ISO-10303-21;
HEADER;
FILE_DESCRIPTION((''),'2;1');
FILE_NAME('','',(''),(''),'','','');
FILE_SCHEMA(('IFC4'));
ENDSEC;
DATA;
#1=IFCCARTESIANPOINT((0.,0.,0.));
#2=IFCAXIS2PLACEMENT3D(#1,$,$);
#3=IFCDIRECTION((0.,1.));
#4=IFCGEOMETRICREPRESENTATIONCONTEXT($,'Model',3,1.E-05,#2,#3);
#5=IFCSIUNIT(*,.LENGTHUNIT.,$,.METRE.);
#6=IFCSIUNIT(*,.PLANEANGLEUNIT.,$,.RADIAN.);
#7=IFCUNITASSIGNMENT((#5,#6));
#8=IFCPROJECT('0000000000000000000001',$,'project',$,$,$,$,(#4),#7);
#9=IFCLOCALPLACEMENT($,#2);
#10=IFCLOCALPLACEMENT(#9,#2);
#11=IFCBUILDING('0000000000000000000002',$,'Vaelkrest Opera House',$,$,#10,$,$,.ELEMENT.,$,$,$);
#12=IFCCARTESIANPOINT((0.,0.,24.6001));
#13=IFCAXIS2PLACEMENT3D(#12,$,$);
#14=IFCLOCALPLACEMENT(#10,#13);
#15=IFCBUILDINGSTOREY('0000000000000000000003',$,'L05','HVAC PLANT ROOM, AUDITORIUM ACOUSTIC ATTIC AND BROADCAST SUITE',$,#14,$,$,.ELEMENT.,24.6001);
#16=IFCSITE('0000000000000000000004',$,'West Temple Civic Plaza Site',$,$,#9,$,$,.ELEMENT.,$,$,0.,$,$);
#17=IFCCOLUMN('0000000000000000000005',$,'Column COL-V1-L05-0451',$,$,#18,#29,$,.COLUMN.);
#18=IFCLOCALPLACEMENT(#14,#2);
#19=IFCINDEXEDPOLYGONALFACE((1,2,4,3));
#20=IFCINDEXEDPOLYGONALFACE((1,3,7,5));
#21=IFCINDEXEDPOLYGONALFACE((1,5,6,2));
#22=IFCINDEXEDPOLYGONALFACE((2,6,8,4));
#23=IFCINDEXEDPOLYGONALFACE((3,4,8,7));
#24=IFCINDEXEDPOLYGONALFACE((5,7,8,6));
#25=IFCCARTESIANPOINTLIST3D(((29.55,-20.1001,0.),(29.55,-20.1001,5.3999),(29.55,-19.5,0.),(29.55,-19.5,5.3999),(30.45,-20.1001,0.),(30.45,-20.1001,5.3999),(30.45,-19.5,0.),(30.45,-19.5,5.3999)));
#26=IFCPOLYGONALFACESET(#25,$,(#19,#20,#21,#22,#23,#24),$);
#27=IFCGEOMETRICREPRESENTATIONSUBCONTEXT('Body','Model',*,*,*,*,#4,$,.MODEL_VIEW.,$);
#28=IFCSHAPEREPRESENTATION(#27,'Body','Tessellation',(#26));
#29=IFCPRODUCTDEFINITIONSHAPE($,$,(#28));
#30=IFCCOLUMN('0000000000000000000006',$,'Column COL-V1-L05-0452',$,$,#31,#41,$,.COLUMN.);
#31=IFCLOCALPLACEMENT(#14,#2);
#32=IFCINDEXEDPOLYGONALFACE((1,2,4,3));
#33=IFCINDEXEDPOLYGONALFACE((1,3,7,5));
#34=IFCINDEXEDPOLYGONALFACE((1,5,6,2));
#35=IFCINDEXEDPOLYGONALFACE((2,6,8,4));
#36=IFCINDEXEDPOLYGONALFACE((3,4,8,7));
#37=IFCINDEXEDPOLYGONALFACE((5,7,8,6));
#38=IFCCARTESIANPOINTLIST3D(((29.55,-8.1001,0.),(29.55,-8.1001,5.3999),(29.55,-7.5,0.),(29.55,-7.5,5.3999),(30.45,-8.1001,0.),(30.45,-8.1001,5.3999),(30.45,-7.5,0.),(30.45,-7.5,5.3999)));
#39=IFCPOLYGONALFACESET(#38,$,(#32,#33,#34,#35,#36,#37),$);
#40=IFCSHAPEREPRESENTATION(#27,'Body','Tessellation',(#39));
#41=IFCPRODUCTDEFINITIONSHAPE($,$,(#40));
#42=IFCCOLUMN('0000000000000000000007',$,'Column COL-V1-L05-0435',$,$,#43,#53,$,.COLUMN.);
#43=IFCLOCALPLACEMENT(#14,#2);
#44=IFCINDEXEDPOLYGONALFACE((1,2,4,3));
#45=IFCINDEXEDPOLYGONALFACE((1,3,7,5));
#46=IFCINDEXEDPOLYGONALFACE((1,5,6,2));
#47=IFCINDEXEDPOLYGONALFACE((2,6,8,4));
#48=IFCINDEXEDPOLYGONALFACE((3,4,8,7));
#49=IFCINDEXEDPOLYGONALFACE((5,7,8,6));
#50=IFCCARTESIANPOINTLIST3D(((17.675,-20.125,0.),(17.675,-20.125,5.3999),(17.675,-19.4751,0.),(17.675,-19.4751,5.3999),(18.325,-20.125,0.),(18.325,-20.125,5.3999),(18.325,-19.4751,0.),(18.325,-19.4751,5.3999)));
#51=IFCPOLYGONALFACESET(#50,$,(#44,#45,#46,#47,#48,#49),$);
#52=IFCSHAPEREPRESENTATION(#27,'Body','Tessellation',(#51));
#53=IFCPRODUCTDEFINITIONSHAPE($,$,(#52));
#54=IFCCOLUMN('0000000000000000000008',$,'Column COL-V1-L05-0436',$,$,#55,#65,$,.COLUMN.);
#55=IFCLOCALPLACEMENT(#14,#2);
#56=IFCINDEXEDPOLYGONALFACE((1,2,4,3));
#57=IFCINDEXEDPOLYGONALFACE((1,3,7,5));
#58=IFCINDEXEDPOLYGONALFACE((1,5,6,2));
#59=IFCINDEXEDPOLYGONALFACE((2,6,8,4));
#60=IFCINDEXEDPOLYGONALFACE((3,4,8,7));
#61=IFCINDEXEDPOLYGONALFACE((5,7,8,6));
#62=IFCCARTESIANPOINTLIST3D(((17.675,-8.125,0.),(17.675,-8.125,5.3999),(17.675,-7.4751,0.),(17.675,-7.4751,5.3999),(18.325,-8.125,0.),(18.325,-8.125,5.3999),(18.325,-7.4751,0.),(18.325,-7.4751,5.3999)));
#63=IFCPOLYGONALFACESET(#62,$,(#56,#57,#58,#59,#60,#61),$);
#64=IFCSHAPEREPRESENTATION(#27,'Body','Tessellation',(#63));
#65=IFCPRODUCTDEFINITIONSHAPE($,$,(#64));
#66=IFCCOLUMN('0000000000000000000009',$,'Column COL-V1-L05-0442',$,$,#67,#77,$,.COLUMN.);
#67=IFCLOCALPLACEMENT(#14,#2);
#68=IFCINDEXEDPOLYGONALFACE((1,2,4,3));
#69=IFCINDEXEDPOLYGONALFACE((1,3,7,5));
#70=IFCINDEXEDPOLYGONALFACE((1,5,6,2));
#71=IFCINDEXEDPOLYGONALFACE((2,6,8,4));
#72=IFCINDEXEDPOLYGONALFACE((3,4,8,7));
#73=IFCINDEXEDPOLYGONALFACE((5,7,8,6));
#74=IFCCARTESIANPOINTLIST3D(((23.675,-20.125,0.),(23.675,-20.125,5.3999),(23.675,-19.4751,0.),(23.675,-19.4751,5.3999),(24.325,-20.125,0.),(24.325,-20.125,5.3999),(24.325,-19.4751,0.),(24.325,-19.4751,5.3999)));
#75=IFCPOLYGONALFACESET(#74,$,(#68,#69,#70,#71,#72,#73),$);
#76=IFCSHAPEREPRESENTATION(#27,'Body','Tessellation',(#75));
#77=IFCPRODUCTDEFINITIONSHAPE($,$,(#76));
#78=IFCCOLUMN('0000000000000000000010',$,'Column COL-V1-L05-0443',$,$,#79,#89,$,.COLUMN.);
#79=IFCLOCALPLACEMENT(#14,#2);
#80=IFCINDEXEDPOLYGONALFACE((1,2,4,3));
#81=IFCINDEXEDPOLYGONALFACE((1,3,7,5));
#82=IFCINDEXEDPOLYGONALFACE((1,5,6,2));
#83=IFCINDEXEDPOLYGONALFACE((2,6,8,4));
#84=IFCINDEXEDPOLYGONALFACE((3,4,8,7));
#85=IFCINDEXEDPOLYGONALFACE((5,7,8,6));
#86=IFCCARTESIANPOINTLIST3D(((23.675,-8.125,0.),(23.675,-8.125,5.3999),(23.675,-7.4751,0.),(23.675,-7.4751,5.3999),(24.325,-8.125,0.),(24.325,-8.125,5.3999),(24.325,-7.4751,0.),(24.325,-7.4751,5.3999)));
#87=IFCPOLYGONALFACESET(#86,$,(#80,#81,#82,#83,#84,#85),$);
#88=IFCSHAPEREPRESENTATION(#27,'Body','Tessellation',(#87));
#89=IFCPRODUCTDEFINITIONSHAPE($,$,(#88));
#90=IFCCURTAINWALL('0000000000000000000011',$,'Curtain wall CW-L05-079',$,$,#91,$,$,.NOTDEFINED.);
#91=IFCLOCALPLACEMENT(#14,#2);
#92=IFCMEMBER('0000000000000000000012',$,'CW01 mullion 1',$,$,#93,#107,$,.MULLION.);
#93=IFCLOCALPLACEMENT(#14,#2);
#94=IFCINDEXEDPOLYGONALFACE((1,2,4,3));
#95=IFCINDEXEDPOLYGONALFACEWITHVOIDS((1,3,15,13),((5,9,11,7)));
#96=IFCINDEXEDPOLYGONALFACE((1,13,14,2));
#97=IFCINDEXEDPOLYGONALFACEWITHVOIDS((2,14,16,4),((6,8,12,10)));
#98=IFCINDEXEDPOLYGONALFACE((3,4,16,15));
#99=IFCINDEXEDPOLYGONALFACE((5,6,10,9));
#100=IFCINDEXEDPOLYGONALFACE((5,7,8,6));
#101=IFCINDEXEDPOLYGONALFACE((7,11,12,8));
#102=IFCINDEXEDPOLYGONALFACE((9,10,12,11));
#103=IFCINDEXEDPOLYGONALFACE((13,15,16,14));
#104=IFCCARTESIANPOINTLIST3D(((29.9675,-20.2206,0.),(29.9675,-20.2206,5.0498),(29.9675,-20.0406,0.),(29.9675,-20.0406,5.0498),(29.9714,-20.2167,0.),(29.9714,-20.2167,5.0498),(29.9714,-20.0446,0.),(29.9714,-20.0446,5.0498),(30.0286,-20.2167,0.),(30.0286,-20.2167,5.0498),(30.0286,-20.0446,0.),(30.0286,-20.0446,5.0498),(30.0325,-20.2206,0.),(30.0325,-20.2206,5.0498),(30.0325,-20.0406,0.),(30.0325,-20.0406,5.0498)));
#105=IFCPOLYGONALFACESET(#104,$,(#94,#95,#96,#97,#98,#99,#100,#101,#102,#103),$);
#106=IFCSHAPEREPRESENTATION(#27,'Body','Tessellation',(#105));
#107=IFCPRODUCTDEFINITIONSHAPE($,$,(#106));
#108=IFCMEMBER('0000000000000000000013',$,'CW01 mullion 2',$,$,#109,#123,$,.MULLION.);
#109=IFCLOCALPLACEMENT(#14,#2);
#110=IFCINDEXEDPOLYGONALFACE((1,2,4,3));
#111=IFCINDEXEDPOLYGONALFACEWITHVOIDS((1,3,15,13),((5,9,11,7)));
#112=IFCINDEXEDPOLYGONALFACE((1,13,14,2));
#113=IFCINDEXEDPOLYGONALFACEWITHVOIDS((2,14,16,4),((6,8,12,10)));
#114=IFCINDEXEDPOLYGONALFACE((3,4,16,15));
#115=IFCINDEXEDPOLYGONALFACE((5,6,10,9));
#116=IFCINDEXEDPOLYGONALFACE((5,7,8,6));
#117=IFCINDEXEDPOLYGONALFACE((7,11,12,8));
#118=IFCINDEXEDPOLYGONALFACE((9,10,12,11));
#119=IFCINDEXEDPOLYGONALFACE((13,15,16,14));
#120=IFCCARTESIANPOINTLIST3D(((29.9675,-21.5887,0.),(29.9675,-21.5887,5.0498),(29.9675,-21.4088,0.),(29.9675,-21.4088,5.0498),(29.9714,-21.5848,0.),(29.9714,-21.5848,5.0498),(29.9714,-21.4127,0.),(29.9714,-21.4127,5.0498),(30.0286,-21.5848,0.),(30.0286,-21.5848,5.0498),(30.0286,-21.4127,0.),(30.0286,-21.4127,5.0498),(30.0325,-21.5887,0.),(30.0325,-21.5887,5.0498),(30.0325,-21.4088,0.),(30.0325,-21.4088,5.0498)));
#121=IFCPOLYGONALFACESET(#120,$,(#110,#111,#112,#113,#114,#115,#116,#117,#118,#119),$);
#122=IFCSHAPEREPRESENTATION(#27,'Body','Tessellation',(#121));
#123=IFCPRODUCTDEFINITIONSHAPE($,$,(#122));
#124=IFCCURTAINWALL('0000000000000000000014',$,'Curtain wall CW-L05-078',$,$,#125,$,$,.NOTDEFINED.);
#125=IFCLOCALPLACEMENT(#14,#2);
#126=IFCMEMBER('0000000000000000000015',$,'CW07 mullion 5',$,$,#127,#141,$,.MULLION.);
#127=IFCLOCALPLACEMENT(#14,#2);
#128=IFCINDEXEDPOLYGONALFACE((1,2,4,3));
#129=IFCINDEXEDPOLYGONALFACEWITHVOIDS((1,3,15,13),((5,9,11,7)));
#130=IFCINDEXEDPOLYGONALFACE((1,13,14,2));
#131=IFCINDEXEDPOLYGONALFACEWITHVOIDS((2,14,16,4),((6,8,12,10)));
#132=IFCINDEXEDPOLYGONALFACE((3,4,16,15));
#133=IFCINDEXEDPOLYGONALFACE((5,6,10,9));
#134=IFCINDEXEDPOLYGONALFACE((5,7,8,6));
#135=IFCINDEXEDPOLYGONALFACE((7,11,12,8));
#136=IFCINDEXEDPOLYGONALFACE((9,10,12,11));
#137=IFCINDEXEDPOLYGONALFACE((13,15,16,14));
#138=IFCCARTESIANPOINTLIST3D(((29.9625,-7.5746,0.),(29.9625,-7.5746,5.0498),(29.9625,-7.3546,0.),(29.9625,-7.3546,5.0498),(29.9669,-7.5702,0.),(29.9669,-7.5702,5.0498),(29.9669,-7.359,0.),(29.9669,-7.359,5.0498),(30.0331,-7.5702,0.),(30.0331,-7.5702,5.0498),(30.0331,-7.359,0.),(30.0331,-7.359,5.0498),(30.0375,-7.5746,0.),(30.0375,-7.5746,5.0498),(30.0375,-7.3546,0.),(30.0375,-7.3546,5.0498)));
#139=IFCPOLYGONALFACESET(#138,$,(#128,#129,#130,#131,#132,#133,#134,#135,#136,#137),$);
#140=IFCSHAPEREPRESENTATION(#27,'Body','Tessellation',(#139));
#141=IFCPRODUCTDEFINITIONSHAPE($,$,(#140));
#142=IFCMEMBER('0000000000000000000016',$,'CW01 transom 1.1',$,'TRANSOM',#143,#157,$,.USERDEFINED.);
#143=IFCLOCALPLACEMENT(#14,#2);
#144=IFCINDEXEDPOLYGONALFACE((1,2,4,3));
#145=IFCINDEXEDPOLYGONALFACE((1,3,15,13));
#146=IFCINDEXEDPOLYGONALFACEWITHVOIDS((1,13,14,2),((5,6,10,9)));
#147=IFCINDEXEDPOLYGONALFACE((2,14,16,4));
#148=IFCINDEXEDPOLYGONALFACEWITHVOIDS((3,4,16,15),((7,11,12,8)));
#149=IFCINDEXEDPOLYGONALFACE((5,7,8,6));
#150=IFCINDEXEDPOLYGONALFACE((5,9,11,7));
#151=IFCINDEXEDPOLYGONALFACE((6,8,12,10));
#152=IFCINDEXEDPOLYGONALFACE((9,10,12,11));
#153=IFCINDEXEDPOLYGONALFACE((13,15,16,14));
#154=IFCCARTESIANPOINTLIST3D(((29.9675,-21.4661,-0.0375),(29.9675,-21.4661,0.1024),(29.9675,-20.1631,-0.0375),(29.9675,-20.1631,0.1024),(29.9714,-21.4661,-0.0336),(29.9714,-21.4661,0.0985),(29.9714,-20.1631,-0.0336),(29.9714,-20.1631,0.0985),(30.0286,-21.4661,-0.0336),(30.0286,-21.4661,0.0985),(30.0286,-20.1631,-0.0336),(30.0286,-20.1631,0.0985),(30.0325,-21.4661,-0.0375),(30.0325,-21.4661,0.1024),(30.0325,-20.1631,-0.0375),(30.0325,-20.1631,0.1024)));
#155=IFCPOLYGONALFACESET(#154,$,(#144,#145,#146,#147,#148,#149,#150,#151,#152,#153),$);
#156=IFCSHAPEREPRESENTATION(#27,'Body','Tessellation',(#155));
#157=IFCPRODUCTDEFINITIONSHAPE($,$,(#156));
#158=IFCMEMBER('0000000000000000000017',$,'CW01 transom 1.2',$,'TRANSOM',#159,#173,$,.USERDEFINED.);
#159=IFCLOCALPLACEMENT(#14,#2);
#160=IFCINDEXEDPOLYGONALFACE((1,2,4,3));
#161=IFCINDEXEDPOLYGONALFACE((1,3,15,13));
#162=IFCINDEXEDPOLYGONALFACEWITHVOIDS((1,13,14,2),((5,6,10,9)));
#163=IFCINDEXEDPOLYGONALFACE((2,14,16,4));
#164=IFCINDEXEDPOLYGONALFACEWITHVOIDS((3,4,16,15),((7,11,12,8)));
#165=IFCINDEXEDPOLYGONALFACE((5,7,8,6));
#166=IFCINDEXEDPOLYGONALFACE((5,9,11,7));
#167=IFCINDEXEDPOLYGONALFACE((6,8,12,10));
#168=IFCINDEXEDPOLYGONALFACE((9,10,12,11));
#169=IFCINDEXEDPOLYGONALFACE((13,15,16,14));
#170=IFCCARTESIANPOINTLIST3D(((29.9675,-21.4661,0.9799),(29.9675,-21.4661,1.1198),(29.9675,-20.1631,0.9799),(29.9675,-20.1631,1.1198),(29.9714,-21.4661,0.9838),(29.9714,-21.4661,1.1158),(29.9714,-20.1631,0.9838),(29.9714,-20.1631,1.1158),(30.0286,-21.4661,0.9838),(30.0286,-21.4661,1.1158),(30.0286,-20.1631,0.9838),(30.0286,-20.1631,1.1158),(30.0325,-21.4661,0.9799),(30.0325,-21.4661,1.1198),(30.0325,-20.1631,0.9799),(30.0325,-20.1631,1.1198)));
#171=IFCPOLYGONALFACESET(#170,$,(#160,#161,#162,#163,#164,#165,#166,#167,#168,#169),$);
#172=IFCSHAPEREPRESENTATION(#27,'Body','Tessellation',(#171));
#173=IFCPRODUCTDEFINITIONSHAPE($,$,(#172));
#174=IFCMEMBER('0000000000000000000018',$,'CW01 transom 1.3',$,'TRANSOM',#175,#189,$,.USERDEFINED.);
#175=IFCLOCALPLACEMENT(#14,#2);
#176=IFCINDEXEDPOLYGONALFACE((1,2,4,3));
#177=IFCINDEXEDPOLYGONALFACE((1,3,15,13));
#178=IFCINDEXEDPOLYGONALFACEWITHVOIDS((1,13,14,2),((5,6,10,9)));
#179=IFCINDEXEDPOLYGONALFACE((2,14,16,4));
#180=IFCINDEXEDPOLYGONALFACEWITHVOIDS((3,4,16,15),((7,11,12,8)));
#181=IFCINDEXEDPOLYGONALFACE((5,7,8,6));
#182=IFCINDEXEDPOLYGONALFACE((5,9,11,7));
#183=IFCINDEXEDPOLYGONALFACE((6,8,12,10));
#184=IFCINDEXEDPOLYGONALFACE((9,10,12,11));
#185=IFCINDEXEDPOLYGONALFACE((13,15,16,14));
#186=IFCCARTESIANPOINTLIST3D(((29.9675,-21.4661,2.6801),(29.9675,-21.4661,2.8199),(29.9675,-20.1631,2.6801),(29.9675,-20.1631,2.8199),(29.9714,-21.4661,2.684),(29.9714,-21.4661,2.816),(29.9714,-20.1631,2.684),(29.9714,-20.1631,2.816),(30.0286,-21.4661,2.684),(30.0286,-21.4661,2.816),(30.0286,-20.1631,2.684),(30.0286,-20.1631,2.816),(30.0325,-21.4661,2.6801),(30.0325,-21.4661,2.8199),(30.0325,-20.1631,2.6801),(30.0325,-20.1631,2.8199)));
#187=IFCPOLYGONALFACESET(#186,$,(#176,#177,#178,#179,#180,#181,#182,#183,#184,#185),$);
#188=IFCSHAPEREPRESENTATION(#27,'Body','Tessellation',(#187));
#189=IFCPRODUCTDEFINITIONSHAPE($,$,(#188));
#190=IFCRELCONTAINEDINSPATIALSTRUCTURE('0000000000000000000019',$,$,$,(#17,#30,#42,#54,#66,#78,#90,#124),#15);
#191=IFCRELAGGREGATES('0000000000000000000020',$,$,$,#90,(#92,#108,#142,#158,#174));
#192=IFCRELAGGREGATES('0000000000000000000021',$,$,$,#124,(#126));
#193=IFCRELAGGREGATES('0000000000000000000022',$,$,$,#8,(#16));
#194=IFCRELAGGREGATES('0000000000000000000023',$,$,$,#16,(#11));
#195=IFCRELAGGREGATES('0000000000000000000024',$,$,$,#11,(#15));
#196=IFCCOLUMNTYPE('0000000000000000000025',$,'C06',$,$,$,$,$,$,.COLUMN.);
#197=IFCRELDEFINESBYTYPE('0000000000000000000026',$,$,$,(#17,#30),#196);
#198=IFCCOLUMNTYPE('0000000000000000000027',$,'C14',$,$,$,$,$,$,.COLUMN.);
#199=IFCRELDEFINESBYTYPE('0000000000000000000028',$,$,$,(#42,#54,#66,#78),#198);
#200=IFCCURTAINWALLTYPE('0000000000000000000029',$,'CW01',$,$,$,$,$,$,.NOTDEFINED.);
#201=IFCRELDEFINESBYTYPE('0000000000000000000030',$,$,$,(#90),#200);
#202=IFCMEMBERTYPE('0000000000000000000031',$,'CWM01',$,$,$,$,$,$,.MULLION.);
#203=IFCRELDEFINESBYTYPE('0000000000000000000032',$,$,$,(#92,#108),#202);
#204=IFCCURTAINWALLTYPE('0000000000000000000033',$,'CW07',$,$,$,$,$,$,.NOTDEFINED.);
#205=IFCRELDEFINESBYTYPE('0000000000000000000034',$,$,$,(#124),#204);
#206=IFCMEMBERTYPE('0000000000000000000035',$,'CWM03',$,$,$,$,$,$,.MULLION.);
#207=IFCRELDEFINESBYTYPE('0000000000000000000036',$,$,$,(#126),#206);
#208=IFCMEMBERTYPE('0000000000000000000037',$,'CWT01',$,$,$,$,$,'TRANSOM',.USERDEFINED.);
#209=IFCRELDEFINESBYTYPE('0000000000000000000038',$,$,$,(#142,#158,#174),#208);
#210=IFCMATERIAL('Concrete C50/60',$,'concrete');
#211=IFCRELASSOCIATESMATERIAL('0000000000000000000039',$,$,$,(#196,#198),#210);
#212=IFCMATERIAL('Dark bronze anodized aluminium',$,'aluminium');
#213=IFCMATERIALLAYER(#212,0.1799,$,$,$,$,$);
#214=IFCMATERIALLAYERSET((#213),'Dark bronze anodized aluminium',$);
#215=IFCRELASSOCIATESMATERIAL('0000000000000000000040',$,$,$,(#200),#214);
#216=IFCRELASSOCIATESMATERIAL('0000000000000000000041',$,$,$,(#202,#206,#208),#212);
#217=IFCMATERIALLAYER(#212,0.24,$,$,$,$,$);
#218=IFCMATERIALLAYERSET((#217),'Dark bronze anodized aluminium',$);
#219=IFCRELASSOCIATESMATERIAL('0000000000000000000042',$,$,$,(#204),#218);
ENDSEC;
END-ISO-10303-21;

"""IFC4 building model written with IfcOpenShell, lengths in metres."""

from ifc_helpers import new_model, si_unit, direction, frame, origin, origin_2d, place, context, subcontext, project, spatial, rectangle, hollow_rectangle, extrude, material, layer, layer_set, material_profile, profile_set, type_object, element, aggregate, save


model = new_model("IFC4")

# Units and contexts
model_context = context("Model", 3, precision=1e-05, world=origin(), true_north=direction((0.0, 1.0)))
body_context = subcontext(model_context, "Body", "Model", "MODEL_VIEW")
ifc_project = project(units=[si_unit("LENGTHUNIT", "METRE"), si_unit("PLANEANGLEUNIT", "RADIAN")], contexts=[model_context])

# Site, building, storey
site_placement = place(None, origin())
site = spatial("IfcSite", under=ifc_project, at=site_placement, Name="West Temple Civic Plaza Site", CompositionType="ELEMENT", RefElevation=0.0)
building_placement = place(site_placement, origin())
building = spatial("IfcBuilding", under=site, at=building_placement, Name="Vaelkrest Opera House", CompositionType="ELEMENT")
storey_placement = place(building_placement, frame((0.0, 0.0, 24.6001)))
storey = spatial("IfcBuildingStorey", under=building, at=storey_placement, Name="L05", Description="HVAC PLANT ROOM, AUDITORIUM ACOUSTIC ATTIC AND BROADCAST SUITE", CompositionType="ELEMENT", Elevation=24.6001)

# Columns
ifc_material_1 = material(Name="Concrete C50/60", Category="concrete")
ifc_material_profile_1 = material_profile(ifc_material_1, rectangle(XDim=0.6001, YDim=0.8999, at=origin_2d()), Name="RC600X900")
ifc_profile_set_1 = profile_set([ifc_material_profile_1], Name="Concrete C50/60")
column_type_1 = type_object("IfcColumnType", Name="C06", PredefinedType="COLUMN", material=ifc_profile_set_1)
for number, where, z_axis, x_axis, name in (
    (1, (30.0, -19.8, 0.0), (0.0, 0.0, 1.0), (0.0, 1.0, 0.0), "Column COL-V1-L05-0451"),
    (2, (30.0, -7.8, 0.0), (0.0, 0.0, 1.0), (0.0, 1.0, 0.0), "Column COL-V1-L05-0452"),
):
    element("IfcColumn", number, at=place(storey_placement, frame(where, z_axis=z_axis, x_axis=x_axis)), inside=storey, type_object=column_type_1, Name=name, PredefinedType="COLUMN", context=body_context, shape_type="SweptSolid", body=[
        extrude(rectangle(XDim=0.6001, YDim=0.8999, at=origin_2d()), origin(), (0.0, 0.0, 1.0), 5.3999),
    ])
ifc_material_profile_2 = material_profile(ifc_material_1, rectangle(XDim=0.6499, YDim=0.6499, at=origin_2d()), Name="RC650X650")
ifc_profile_set_2 = profile_set([ifc_material_profile_2], Name="Concrete C50/60")
column_type_2 = type_object("IfcColumnType", Name="C14", PredefinedType="COLUMN", material=ifc_profile_set_2)
for number, where, z_axis, x_axis, name in (
    (3, (18.0, -19.8, 0.0), (0.0, 0.0, 1.0), (1.0, 0.0, 0.0), "Column COL-V1-L05-0435"),
    (4, (18.0, -7.8, 0.0), (0.0, 0.0, 1.0), (1.0, 0.0, 0.0), "Column COL-V1-L05-0436"),
    (5, (24.0, -19.8, 0.0), (0.0, 0.0, 1.0), (1.0, 0.0, 0.0), "Column COL-V1-L05-0442"),
    (6, (24.0, -7.8, 0.0), (0.0, 0.0, 1.0), (1.0, 0.0, 0.0), "Column COL-V1-L05-0443"),
):
    element("IfcColumn", number, at=place(storey_placement, frame(where, z_axis=z_axis, x_axis=x_axis)), inside=storey, type_object=column_type_2, Name=name, PredefinedType="COLUMN", context=body_context, shape_type="SweptSolid", body=[
        extrude(rectangle(XDim=0.6499, YDim=0.6499, at=origin_2d()), origin(), (0.0, 0.0, 1.0), 5.3999),
    ])

# Curtain wall, members
ifc_material_2 = material(Name="Dark bronze anodized aluminium", Category="aluminium")
ifc_layer_1 = layer(ifc_material_2, 0.1799)
ifc_layer_set_1 = layer_set([ifc_layer_1], Name="Dark bronze anodized aluminium")
curtain_wall_type_1 = type_object("IfcCurtainWallType", Name="CW01", PredefinedType="NOTDEFINED", material=ifc_layer_set_1)
curtain_wall_1_placement = place(storey_placement, origin())
curtain_wall_1 = element("IfcCurtainWall", 7, at=curtain_wall_1_placement, inside=storey, type_object=curtain_wall_type_1, Name="Curtain wall CW-L05-079", PredefinedType="NOTDEFINED")
ifc_material_profile_3 = material_profile(ifc_material_2, hollow_rectangle(XDim=0.0649, YDim=0.1799, WallThickness=0.0039, at=origin_2d()), Name="CWM65X180")
ifc_profile_set_3 = profile_set([ifc_material_profile_3], Name="Dark bronze anodized aluminium")
member_type_1 = type_object("IfcMemberType", Name="CWM01", PredefinedType="MULLION", material=ifc_profile_set_3)
member_1_placement = place(storey_placement, frame((30.0, -20.1306, 0.0), z_axis=(0.0, 0.0, 1.0), x_axis=(1.0, 0.0, 0.0)))
member_1 = element("IfcMember", 8, at=member_1_placement, type_object=member_type_1, Name="CW01 mullion 1", PredefinedType="MULLION", context=body_context, shape_type="SweptSolid", body=[
    extrude(hollow_rectangle(XDim=0.0649, YDim=0.1799, WallThickness=0.0039, at=origin_2d()), origin(), (0.0, 0.0, 1.0), 5.0498),
])
member_2_placement = place(storey_placement, frame((30.0, -21.4988, 0.0), z_axis=(0.0, 0.0, 1.0), x_axis=(1.0, 0.0, 0.0)))
member_2 = element("IfcMember", 9, at=member_2_placement, type_object=member_type_1, Name="CW01 mullion 2", PredefinedType="MULLION", context=body_context, shape_type="SweptSolid", body=[
    extrude(hollow_rectangle(XDim=0.0649, YDim=0.1799, WallThickness=0.0039, at=origin_2d()), origin(), (0.0, 0.0, 1.0), 5.0498),
])

# Curtain wall, member
ifc_layer_2 = layer(ifc_material_2, 0.24)
ifc_layer_set_2 = layer_set([ifc_layer_2], Name="Dark bronze anodized aluminium")
curtain_wall_type_2 = type_object("IfcCurtainWallType", Name="CW07", PredefinedType="NOTDEFINED", material=ifc_layer_set_2)
curtain_wall_2_placement = place(storey_placement, origin())
curtain_wall_2 = element("IfcCurtainWall", 10, at=curtain_wall_2_placement, inside=storey, type_object=curtain_wall_type_2, Name="Curtain wall CW-L05-078", PredefinedType="NOTDEFINED")
ifc_material_profile_4 = material_profile(ifc_material_2, hollow_rectangle(XDim=0.075, YDim=0.22, WallThickness=0.0044, at=origin_2d()), Name="CWM75X220")
ifc_profile_set_4 = profile_set([ifc_material_profile_4], Name="Dark bronze anodized aluminium")
member_type_2 = type_object("IfcMemberType", Name="CWM03", PredefinedType="MULLION", material=ifc_profile_set_4)
member_3_placement = place(storey_placement, frame((30.0, -7.4646, 0.0), z_axis=(0.0, 0.0, 1.0), x_axis=(1.0, 0.0, 0.0)))
member_3 = element("IfcMember", 11, at=member_3_placement, type_object=member_type_2, Name="CW07 mullion 5", PredefinedType="MULLION", context=body_context, shape_type="SweptSolid", body=[
    extrude(hollow_rectangle(XDim=0.075, YDim=0.22, WallThickness=0.0044, at=origin_2d()), origin(), (0.0, 0.0, 1.0), 5.0498),
])

# Members
ifc_material_profile_5 = material_profile(ifc_material_2, hollow_rectangle(XDim=0.0649, YDim=0.1399, WallThickness=0.0039, at=origin_2d()), Name="CWT65X140")
ifc_profile_set_5 = profile_set([ifc_material_profile_5], Name="Dark bronze anodized aluminium")
member_type_3 = type_object("IfcMemberType", Name="CWT01", ElementType="TRANSOM", PredefinedType="USERDEFINED", material=ifc_profile_set_5)
member_4_placement = place(storey_placement, frame((30.0, -20.1631, 0.0325), z_axis=(0.0, -1.0, 0.0), x_axis=(1.0, 0.0, 0.0)))
member_4 = element("IfcMember", 12, at=member_4_placement, type_object=member_type_3, Name="CW01 transom 1.1", ObjectType="TRANSOM", PredefinedType="USERDEFINED", context=body_context, shape_type="SweptSolid", body=[
    extrude(hollow_rectangle(XDim=0.0649, YDim=0.1399, WallThickness=0.0039, at=origin_2d()), origin(), (0.0, 0.0, 1.0), 1.303),
])
member_5_placement = place(storey_placement, frame((30.0, -20.1631, 1.0498), z_axis=(0.0, -1.0, 0.0), x_axis=(1.0, 0.0, 0.0)))
member_5 = element("IfcMember", 13, at=member_5_placement, type_object=member_type_3, Name="CW01 transom 1.2", ObjectType="TRANSOM", PredefinedType="USERDEFINED", context=body_context, shape_type="SweptSolid", body=[
    extrude(hollow_rectangle(XDim=0.0649, YDim=0.1399, WallThickness=0.0039, at=origin_2d()), origin(), (0.0, 0.0, 1.0), 1.303),
])
member_6_placement = place(storey_placement, frame((30.0, -20.1631, 2.75), z_axis=(0.0, -1.0, 0.0), x_axis=(1.0, 0.0, 0.0)))
member_6 = element("IfcMember", 14, at=member_6_placement, type_object=member_type_3, Name="CW01 transom 1.3", ObjectType="TRANSOM", PredefinedType="USERDEFINED", context=body_context, shape_type="SweptSolid", body=[
    extrude(hollow_rectangle(XDim=0.0649, YDim=0.1399, WallThickness=0.0039, at=origin_2d()), origin(), (0.0, 0.0, 1.0), 1.303),
])

aggregate(curtain_wall_1, [member_1, member_2, member_4, member_5, member_6])
aggregate(curtain_wall_2, [member_3])

save(model, "model.ifc")
